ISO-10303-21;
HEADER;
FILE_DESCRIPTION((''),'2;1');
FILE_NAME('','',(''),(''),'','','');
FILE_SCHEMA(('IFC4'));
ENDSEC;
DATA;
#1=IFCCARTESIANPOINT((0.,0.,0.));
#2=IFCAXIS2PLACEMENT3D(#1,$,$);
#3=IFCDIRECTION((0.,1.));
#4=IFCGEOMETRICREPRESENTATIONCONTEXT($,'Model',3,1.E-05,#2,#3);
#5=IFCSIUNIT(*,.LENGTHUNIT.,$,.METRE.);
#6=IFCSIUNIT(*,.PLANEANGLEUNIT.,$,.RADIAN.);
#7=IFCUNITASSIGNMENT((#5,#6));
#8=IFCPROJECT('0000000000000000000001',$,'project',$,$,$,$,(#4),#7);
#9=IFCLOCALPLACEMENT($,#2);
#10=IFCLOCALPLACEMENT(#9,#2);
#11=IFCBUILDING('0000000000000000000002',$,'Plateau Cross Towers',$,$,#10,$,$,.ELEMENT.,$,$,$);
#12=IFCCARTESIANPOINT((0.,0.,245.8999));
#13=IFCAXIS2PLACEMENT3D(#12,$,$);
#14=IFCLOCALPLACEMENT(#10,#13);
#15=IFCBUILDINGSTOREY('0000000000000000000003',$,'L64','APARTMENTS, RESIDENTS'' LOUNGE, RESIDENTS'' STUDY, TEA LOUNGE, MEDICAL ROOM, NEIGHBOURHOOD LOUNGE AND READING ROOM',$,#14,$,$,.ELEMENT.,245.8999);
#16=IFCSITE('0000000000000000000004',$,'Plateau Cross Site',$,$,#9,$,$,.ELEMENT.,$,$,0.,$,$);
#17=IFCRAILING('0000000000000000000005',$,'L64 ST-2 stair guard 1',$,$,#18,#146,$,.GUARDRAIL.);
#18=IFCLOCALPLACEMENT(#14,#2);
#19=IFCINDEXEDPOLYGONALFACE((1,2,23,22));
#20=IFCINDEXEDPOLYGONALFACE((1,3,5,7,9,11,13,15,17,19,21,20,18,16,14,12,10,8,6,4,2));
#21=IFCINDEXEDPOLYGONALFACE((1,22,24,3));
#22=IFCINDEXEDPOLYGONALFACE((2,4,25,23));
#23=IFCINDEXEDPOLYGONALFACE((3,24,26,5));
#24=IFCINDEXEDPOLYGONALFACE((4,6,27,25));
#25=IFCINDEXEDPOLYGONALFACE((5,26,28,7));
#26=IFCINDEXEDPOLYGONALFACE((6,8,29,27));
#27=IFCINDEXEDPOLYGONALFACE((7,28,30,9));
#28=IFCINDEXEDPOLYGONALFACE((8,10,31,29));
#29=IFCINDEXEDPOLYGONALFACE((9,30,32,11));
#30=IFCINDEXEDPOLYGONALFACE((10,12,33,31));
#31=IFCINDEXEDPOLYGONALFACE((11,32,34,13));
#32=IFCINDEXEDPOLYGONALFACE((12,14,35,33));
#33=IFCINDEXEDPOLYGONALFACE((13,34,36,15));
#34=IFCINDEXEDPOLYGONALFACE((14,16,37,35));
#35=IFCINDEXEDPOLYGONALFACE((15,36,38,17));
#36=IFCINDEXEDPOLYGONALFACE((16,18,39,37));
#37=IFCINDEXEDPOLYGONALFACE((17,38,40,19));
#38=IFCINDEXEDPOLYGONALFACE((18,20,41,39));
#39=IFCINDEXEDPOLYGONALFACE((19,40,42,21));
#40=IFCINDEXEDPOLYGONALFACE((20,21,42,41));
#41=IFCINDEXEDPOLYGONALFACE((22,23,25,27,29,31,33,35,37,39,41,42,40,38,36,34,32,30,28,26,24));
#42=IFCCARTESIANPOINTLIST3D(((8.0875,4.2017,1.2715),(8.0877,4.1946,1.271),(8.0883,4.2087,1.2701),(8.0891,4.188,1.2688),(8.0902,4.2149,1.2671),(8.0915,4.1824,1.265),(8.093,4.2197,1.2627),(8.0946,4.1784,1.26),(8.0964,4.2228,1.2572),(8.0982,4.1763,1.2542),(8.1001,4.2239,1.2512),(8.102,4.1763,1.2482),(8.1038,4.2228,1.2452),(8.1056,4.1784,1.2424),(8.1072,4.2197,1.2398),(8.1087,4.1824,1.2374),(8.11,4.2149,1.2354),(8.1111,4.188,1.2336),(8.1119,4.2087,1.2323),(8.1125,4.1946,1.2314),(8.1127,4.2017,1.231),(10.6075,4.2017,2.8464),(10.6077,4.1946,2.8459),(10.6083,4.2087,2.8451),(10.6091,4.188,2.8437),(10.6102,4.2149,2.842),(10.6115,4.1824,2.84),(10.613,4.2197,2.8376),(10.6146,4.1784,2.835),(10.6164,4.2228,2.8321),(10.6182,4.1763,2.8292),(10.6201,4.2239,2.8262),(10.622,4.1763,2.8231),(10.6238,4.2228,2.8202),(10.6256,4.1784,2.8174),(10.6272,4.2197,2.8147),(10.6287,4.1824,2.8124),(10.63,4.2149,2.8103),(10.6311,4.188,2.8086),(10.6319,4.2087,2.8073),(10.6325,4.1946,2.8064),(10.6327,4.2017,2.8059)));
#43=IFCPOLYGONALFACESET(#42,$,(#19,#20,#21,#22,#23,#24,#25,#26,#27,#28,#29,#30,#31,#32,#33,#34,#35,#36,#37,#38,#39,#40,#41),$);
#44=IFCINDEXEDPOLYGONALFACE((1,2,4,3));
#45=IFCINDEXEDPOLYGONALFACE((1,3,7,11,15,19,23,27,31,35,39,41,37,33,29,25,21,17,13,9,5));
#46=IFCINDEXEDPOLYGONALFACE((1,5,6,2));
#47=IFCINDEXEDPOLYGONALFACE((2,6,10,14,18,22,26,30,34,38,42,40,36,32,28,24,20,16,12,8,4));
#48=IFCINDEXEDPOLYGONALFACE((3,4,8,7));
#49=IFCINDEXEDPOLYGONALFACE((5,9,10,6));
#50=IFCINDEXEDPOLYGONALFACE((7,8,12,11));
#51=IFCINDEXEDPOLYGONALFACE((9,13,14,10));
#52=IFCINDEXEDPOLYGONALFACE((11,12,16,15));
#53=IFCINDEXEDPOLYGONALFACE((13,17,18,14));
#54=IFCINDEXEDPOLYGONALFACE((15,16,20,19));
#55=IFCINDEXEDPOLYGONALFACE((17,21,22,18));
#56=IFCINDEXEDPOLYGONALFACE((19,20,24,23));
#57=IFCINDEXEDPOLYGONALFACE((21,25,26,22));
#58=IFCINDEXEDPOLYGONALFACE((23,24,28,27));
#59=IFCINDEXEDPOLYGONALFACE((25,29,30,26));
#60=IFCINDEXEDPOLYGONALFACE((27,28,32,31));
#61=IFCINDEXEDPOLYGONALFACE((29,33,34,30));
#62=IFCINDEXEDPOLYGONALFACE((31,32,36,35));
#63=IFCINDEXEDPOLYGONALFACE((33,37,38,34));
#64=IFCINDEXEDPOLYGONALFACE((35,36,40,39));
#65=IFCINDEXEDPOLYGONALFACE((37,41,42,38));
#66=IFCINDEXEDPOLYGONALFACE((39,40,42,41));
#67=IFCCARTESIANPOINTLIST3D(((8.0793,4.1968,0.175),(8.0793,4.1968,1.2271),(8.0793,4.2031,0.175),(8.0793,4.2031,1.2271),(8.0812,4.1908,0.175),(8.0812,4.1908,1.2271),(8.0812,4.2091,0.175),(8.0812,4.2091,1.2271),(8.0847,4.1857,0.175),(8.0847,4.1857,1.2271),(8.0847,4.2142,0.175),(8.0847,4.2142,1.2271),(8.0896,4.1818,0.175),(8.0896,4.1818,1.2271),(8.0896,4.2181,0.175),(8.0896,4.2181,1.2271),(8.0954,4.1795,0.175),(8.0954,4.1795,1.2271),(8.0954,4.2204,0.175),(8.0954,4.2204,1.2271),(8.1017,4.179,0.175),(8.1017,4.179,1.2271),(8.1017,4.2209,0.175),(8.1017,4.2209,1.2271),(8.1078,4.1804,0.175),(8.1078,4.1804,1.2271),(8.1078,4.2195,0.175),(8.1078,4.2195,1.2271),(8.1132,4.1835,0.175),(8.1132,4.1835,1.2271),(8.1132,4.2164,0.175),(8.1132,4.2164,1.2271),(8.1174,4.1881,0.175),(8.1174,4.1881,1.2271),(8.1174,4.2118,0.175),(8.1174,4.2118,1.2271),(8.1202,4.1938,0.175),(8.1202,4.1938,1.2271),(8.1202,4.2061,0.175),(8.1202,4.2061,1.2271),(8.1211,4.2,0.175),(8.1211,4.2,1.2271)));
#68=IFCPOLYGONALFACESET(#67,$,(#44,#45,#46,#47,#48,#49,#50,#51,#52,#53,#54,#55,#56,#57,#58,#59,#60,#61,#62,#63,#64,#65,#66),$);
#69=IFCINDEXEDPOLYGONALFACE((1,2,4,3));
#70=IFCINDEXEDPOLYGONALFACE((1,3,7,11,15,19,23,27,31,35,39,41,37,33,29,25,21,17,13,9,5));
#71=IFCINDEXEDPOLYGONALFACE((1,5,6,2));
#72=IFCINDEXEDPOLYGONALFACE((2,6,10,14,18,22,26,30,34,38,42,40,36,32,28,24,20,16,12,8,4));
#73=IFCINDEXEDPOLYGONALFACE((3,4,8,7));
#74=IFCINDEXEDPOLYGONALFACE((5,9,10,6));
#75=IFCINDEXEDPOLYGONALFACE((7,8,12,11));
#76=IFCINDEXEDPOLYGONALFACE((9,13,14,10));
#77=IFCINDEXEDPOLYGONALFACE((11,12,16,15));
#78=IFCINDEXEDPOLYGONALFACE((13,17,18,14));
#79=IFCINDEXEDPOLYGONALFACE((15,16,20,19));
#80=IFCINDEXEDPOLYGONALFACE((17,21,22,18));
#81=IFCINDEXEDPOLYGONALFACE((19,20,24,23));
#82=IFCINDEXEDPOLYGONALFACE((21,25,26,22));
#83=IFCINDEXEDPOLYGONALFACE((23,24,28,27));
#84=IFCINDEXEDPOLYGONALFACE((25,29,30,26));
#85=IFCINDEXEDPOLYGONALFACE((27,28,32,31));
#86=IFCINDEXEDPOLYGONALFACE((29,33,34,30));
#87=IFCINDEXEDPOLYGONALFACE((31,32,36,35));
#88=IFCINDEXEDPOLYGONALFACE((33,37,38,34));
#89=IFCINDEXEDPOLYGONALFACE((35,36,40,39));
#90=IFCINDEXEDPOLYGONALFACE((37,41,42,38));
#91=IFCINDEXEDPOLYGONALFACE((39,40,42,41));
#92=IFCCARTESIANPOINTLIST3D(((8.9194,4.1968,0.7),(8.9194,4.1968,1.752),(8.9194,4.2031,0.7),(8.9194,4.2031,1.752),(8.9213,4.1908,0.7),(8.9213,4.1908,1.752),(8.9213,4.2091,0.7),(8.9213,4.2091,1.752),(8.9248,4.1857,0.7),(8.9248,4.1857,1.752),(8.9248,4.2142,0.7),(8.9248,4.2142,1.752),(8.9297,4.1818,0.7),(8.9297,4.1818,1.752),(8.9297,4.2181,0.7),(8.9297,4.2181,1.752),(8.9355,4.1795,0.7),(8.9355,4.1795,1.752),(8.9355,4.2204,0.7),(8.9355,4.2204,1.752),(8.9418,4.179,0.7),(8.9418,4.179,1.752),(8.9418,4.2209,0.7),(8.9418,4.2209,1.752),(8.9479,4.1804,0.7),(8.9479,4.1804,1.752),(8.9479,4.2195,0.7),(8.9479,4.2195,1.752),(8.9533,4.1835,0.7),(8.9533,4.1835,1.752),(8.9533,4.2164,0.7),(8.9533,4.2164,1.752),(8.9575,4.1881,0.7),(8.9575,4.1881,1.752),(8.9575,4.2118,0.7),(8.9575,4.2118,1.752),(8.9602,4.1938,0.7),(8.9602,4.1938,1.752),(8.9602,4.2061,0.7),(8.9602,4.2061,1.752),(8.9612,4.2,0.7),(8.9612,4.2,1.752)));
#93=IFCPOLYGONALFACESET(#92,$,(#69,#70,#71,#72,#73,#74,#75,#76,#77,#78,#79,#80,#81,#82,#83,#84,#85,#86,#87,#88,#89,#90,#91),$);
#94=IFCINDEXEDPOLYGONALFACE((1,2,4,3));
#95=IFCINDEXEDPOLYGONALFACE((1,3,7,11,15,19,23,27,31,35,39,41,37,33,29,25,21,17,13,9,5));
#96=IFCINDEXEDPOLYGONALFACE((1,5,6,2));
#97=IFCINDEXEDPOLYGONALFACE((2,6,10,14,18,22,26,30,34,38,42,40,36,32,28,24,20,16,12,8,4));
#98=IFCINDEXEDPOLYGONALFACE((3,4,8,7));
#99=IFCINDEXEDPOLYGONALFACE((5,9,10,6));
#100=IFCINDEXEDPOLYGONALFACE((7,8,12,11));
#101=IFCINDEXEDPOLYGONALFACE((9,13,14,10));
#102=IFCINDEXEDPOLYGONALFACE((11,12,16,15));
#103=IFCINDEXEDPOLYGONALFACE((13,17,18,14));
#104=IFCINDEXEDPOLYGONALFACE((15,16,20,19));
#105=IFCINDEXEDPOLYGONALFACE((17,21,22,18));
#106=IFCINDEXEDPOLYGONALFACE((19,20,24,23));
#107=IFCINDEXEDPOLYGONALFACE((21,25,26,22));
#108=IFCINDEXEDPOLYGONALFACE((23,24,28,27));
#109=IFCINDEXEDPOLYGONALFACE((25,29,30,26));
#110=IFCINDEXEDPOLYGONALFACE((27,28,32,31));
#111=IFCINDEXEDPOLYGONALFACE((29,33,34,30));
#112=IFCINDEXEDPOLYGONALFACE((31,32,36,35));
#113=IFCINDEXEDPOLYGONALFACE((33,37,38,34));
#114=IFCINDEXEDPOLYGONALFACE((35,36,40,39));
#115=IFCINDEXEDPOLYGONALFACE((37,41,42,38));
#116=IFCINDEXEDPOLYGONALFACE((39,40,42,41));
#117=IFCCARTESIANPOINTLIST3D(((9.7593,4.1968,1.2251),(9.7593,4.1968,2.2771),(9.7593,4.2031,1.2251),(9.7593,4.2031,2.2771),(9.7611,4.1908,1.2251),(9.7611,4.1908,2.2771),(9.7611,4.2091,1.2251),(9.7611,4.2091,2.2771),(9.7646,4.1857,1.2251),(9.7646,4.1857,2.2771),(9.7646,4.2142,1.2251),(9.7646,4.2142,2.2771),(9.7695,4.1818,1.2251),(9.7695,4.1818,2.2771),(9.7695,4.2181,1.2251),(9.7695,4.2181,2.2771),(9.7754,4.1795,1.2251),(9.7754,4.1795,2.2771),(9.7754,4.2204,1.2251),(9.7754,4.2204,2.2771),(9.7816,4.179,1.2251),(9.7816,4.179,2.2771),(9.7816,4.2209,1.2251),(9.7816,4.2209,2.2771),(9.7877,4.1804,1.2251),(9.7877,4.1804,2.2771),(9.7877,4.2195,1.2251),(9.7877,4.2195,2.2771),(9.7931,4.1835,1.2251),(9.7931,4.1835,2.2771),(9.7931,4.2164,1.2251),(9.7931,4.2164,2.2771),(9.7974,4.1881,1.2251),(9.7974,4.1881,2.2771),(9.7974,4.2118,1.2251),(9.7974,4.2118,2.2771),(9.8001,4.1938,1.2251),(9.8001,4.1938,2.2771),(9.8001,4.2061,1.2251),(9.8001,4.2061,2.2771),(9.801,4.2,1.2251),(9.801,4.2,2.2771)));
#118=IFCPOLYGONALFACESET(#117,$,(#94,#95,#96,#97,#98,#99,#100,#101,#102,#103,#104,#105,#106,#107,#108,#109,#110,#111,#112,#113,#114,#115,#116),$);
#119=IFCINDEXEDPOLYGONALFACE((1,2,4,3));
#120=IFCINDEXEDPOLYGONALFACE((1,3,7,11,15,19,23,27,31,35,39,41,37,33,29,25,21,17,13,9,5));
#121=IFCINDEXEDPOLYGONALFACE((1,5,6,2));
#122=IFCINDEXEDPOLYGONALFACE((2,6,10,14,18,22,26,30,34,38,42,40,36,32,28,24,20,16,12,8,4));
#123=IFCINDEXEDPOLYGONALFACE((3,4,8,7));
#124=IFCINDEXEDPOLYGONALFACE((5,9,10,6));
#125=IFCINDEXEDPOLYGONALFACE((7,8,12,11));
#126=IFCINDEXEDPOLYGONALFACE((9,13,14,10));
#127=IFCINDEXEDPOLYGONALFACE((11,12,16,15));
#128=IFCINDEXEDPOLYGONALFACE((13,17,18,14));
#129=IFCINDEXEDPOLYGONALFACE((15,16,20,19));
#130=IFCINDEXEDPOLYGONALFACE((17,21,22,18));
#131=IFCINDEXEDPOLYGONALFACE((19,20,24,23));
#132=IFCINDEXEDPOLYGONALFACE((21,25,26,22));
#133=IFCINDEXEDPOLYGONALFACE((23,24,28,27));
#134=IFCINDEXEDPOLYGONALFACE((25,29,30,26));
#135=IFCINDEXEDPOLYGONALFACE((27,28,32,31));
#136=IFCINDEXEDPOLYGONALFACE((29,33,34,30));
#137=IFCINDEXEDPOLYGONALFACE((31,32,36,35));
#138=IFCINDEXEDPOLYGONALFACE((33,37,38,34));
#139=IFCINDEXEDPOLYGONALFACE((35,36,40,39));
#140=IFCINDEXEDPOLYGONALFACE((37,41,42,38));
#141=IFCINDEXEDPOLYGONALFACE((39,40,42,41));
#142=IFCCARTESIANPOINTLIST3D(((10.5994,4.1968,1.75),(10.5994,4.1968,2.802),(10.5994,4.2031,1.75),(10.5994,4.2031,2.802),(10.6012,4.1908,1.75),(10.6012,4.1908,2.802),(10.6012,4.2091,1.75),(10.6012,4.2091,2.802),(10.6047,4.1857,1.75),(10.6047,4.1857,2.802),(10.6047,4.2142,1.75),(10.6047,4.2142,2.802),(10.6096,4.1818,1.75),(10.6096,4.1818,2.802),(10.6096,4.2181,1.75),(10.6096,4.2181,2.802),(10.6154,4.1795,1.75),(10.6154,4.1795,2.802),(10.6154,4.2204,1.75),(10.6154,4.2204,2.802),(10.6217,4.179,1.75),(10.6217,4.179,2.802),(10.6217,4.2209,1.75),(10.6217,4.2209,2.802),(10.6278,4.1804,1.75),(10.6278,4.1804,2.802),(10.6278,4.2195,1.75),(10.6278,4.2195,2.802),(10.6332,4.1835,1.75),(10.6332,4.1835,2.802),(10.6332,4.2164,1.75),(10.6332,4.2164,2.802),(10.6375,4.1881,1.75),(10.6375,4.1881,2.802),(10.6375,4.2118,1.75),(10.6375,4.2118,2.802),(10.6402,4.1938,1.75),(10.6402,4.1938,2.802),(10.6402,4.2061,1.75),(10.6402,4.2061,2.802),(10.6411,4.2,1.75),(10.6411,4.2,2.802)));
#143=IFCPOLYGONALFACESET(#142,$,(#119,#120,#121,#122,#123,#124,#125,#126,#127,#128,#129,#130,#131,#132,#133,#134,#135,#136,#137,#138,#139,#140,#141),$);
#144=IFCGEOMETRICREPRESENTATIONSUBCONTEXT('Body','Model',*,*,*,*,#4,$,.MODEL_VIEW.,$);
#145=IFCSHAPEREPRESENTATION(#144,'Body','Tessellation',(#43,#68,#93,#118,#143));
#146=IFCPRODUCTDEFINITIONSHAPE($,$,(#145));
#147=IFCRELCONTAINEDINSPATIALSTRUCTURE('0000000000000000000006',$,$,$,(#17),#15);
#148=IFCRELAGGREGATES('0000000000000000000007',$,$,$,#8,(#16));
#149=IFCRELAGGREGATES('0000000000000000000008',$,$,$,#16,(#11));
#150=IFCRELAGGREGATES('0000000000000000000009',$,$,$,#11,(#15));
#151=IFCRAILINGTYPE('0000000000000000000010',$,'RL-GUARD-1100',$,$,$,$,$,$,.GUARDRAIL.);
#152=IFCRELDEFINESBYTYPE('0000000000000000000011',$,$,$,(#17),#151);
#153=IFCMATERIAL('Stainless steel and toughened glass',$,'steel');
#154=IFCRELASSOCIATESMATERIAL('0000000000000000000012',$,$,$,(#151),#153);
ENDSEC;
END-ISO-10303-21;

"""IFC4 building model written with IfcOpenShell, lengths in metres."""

from ifc_helpers import new_model, si_unit, direction, frame, origin, origin_2d, place, context, subcontext, project, spatial, circle, extrude, material, type_object, element, save


model = new_model("IFC4")

# Units and contexts
model_context = context("Model", 3, precision=1e-05, world=origin(), true_north=direction((0.0, 1.0)))
body_context = subcontext(model_context, "Body", "Model", "MODEL_VIEW")
ifc_project = project(units=[si_unit("LENGTHUNIT", "METRE"), si_unit("PLANEANGLEUNIT", "RADIAN")], contexts=[model_context])

# Site, building, storey
site_placement = place(None, origin())
site = spatial("IfcSite", under=ifc_project, at=site_placement, Name="Plateau Cross Site", CompositionType="ELEMENT", RefElevation=0.0)
building_placement = place(site_placement, origin())
building = spatial("IfcBuilding", under=site, at=building_placement, Name="Plateau Cross Towers", CompositionType="ELEMENT")
storey_placement = place(building_placement, frame((0.0, 0.0, 245.8999)))
storey = spatial("IfcBuildingStorey", under=building, at=storey_placement, Name="L64", Description="APARTMENTS, RESIDENTS' LOUNGE, RESIDENTS' STUDY, TEA LOUNGE, MEDICAL ROOM, NEIGHBOURHOOD LOUNGE AND READING ROOM", CompositionType="ELEMENT", Elevation=245.8999)

# Railing
ifc_material_1 = material(Name="Stainless steel and toughened glass", Category="steel")
railing_type_1 = type_object("IfcRailingType", Name="RL-GUARD-1100", PredefinedType="GUARDRAIL", material=ifc_material_1)
railing_1_placement = place(storey_placement, frame((8.1001, 4.2, 0.175)))
element("IfcRailing", 1, at=railing_1_placement, inside=storey, type_object=railing_type_1, Name="L64 ST-2 stair guard 1", PredefinedType="GUARDRAIL", context=body_context, shape_type="SweptSolid", body=[
    extrude(circle(Radius=0.0239, at=origin_2d()), frame((0.0, 0.0, 1.0762), z_axis=(0.848008, 0.0, 0.529984), x_axis=(0.0, 1.0, 0.0)), (0.0, 0.0, 1.0), 2.9717),
    extrude(circle(Radius=0.021, at=origin_2d()), origin(), (0.0, 0.0, 1.0), 1.052),
    extrude(circle(Radius=0.021, at=origin_2d()), frame((0.8401, 0.0, 0.5249)), (0.0, 0.0, 1.0), 1.052),
    extrude(circle(Radius=0.021, at=origin_2d()), frame((1.6799, 0.0, 1.05)), (0.0, 0.0, 1.0), 1.052),
    extrude(circle(Radius=0.021, at=origin_2d()), frame((2.52, 0.0, 1.575)), (0.0, 0.0, 1.0), 1.052),
])

save(model, "model.ifc")
